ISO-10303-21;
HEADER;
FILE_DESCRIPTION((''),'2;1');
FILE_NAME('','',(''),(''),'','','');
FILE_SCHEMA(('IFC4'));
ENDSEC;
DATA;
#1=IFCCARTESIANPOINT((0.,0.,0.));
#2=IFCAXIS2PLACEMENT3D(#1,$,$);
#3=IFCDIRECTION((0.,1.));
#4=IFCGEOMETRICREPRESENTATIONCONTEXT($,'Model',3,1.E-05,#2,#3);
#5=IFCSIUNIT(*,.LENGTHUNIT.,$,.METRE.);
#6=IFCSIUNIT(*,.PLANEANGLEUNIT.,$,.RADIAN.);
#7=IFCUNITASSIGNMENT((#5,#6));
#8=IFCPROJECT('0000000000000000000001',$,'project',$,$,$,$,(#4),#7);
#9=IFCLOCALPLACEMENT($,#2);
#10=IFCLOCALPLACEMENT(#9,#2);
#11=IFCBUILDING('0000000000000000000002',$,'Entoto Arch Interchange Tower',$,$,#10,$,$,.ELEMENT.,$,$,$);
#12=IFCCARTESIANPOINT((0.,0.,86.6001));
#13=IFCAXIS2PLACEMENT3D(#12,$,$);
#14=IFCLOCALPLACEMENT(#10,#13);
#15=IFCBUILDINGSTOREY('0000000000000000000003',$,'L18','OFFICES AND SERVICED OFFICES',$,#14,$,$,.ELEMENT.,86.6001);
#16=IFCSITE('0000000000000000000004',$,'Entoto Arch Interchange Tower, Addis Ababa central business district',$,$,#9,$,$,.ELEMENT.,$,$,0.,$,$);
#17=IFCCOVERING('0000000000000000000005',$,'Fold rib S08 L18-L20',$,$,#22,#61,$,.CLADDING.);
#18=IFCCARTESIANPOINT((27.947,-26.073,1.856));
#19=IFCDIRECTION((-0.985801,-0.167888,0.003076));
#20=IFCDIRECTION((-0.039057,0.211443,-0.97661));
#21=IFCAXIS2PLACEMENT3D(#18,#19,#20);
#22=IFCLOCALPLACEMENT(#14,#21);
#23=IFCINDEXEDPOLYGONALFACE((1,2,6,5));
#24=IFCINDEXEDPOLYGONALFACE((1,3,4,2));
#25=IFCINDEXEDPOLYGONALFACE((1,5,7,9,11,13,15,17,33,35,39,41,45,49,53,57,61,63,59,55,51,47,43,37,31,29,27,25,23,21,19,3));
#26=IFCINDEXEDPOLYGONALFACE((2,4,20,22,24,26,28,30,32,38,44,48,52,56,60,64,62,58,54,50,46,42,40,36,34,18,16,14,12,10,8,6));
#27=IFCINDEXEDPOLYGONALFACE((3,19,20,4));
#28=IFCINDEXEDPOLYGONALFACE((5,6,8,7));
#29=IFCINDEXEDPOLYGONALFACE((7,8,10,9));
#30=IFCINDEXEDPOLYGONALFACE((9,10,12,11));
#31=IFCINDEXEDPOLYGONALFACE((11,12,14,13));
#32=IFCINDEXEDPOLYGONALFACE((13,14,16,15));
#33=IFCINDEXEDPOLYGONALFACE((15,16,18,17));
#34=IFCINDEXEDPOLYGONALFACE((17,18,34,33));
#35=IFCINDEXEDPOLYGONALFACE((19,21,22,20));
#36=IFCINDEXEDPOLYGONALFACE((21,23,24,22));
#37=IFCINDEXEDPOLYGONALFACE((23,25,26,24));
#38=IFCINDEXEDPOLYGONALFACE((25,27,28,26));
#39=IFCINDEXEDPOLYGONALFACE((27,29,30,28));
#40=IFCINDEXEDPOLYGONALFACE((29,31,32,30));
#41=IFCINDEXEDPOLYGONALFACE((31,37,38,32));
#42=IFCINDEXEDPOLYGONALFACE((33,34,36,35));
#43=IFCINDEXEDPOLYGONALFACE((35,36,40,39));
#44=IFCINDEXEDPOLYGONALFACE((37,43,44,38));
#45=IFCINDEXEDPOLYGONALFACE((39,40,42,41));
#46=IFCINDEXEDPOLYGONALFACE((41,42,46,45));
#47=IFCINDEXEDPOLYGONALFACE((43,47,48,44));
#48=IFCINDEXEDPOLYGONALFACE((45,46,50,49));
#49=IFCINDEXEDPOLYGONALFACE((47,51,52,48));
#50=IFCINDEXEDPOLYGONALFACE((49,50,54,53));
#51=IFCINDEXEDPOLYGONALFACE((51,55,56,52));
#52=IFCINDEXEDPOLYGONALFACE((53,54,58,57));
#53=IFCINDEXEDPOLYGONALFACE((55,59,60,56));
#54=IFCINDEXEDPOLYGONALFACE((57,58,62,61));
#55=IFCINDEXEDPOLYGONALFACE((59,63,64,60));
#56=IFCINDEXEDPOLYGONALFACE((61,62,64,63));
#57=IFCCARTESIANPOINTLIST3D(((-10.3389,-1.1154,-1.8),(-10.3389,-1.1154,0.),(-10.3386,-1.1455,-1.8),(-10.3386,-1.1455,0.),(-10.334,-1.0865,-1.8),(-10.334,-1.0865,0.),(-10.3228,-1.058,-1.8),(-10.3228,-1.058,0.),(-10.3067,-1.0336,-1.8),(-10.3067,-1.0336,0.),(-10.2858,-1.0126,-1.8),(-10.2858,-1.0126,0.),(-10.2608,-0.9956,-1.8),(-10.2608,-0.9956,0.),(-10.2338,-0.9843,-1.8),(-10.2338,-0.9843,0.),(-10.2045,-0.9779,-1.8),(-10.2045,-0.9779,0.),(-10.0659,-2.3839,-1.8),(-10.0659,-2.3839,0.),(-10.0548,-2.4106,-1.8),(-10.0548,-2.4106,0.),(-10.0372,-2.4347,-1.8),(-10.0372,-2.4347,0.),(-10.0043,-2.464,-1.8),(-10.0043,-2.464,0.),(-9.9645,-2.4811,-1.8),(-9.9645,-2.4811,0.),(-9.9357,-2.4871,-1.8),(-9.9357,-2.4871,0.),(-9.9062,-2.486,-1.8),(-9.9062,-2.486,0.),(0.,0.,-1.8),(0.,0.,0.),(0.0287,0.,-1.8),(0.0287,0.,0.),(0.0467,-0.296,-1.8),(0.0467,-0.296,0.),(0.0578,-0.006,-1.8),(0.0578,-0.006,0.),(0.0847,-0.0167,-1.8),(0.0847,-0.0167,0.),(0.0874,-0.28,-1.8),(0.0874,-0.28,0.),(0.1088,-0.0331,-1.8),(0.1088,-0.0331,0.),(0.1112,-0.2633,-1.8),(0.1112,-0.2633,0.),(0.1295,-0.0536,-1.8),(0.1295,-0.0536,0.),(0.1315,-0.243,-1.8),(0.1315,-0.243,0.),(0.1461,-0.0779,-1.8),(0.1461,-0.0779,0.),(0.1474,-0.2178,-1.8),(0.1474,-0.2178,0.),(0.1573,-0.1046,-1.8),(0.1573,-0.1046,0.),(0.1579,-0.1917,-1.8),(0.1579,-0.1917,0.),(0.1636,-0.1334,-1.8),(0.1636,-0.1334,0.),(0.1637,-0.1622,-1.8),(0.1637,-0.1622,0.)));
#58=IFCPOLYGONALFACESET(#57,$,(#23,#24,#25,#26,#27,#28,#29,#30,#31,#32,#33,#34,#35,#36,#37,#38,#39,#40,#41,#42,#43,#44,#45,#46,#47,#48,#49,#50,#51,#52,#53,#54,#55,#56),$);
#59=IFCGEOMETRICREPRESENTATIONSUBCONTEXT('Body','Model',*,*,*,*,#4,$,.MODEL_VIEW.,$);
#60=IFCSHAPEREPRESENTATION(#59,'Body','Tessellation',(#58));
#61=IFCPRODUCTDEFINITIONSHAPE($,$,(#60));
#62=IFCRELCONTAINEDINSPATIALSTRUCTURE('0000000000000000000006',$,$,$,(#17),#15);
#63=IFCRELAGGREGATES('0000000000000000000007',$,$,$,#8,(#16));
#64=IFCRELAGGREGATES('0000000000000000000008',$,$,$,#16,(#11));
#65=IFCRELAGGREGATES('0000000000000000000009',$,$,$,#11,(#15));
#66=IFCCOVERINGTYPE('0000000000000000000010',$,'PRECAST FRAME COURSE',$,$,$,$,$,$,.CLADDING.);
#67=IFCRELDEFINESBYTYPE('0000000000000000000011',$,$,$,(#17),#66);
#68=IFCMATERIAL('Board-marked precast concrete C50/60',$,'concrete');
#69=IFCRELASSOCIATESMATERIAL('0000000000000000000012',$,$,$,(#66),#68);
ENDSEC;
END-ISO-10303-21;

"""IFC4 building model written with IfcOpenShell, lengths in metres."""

from ifc_helpers import new_model, si_unit, direction, frame, origin, place, context, subcontext, project, spatial, polyline, outline, extrude, material, type_object, element, save


model = new_model("IFC4")

# Units and contexts
model_context = context("Model", 3, precision=1e-05, world=origin(), true_north=direction((0.0, 1.0)))
body_context = subcontext(model_context, "Body", "Model", "MODEL_VIEW")
ifc_project = project(units=[si_unit("LENGTHUNIT", "METRE"), si_unit("PLANEANGLEUNIT", "RADIAN")], contexts=[model_context])

# Site, building, storey
site_placement = place(None, origin())
site = spatial("IfcSite", under=ifc_project, at=site_placement, Name="Entoto Arch Interchange Tower, Addis Ababa central business district", CompositionType="ELEMENT", RefElevation=0.0)
building_placement = place(site_placement, origin())
building = spatial("IfcBuilding", under=site, at=building_placement, Name="Entoto Arch Interchange Tower", CompositionType="ELEMENT")
storey_placement = place(building_placement, frame((0.0, 0.0, 86.6001)))
storey = spatial("IfcBuildingStorey", under=building, at=storey_placement, Name="L18", Description="OFFICES AND SERVICED OFFICES", CompositionType="ELEMENT", Elevation=86.6001)

# Covering
ifc_material_1 = material(Name="Board-marked precast concrete C50/60", Category="concrete")
covering_type = type_object("IfcCoveringType", Name="PRECAST FRAME COURSE", PredefinedType="CLADDING", material=ifc_material_1)
covering_1_placement = place(storey_placement, frame((27.947, -26.073, 1.856), z_axis=(-0.985801, -0.167888, 0.003076), x_axis=(-0.039057, 0.211443, -0.97661)))
element("IfcCovering", 1, at=covering_1_placement, inside=storey, type_object=covering_type, Name="Fold rib S08 L18-L20", PredefinedType="CLADDING", context=body_context, shape_type="SweptSolid", body=[
    extrude(outline(polyline([(0.0, 0.0), (0.0287, 0.0), (0.0578, -0.006), (0.0847, -0.0167), (0.1088, -0.0331), (0.1295, -0.0536), (0.1461, -0.0779), (0.1573, -0.1046), (0.1636, -0.1334), (0.1637, -0.1622), (0.1579, -0.1917), (0.1474, -0.2178), (0.1315, -0.243), (0.1112, -0.2633), (0.0874, -0.28), (0.0467, -0.296), (-9.9062, -2.486), (-9.9357, -2.4871), (-9.9645, -2.4811), (-10.0043, -2.464), (-10.0372, -2.4347), (-10.0548, -2.4106), (-10.0659, -2.3839), (-10.3386, -1.1455), (-10.3389, -1.1154), (-10.334, -1.0865), (-10.3228, -1.058), (-10.3067, -1.0336), (-10.2858, -1.0126), (-10.2608, -0.9956), (-10.2338, -0.9843), (-10.2045, -0.9779), (0.0, 0.0)])), origin(), (0.0, 0.0, -1.0), 1.8),
])

save(model, "model.ifc")
